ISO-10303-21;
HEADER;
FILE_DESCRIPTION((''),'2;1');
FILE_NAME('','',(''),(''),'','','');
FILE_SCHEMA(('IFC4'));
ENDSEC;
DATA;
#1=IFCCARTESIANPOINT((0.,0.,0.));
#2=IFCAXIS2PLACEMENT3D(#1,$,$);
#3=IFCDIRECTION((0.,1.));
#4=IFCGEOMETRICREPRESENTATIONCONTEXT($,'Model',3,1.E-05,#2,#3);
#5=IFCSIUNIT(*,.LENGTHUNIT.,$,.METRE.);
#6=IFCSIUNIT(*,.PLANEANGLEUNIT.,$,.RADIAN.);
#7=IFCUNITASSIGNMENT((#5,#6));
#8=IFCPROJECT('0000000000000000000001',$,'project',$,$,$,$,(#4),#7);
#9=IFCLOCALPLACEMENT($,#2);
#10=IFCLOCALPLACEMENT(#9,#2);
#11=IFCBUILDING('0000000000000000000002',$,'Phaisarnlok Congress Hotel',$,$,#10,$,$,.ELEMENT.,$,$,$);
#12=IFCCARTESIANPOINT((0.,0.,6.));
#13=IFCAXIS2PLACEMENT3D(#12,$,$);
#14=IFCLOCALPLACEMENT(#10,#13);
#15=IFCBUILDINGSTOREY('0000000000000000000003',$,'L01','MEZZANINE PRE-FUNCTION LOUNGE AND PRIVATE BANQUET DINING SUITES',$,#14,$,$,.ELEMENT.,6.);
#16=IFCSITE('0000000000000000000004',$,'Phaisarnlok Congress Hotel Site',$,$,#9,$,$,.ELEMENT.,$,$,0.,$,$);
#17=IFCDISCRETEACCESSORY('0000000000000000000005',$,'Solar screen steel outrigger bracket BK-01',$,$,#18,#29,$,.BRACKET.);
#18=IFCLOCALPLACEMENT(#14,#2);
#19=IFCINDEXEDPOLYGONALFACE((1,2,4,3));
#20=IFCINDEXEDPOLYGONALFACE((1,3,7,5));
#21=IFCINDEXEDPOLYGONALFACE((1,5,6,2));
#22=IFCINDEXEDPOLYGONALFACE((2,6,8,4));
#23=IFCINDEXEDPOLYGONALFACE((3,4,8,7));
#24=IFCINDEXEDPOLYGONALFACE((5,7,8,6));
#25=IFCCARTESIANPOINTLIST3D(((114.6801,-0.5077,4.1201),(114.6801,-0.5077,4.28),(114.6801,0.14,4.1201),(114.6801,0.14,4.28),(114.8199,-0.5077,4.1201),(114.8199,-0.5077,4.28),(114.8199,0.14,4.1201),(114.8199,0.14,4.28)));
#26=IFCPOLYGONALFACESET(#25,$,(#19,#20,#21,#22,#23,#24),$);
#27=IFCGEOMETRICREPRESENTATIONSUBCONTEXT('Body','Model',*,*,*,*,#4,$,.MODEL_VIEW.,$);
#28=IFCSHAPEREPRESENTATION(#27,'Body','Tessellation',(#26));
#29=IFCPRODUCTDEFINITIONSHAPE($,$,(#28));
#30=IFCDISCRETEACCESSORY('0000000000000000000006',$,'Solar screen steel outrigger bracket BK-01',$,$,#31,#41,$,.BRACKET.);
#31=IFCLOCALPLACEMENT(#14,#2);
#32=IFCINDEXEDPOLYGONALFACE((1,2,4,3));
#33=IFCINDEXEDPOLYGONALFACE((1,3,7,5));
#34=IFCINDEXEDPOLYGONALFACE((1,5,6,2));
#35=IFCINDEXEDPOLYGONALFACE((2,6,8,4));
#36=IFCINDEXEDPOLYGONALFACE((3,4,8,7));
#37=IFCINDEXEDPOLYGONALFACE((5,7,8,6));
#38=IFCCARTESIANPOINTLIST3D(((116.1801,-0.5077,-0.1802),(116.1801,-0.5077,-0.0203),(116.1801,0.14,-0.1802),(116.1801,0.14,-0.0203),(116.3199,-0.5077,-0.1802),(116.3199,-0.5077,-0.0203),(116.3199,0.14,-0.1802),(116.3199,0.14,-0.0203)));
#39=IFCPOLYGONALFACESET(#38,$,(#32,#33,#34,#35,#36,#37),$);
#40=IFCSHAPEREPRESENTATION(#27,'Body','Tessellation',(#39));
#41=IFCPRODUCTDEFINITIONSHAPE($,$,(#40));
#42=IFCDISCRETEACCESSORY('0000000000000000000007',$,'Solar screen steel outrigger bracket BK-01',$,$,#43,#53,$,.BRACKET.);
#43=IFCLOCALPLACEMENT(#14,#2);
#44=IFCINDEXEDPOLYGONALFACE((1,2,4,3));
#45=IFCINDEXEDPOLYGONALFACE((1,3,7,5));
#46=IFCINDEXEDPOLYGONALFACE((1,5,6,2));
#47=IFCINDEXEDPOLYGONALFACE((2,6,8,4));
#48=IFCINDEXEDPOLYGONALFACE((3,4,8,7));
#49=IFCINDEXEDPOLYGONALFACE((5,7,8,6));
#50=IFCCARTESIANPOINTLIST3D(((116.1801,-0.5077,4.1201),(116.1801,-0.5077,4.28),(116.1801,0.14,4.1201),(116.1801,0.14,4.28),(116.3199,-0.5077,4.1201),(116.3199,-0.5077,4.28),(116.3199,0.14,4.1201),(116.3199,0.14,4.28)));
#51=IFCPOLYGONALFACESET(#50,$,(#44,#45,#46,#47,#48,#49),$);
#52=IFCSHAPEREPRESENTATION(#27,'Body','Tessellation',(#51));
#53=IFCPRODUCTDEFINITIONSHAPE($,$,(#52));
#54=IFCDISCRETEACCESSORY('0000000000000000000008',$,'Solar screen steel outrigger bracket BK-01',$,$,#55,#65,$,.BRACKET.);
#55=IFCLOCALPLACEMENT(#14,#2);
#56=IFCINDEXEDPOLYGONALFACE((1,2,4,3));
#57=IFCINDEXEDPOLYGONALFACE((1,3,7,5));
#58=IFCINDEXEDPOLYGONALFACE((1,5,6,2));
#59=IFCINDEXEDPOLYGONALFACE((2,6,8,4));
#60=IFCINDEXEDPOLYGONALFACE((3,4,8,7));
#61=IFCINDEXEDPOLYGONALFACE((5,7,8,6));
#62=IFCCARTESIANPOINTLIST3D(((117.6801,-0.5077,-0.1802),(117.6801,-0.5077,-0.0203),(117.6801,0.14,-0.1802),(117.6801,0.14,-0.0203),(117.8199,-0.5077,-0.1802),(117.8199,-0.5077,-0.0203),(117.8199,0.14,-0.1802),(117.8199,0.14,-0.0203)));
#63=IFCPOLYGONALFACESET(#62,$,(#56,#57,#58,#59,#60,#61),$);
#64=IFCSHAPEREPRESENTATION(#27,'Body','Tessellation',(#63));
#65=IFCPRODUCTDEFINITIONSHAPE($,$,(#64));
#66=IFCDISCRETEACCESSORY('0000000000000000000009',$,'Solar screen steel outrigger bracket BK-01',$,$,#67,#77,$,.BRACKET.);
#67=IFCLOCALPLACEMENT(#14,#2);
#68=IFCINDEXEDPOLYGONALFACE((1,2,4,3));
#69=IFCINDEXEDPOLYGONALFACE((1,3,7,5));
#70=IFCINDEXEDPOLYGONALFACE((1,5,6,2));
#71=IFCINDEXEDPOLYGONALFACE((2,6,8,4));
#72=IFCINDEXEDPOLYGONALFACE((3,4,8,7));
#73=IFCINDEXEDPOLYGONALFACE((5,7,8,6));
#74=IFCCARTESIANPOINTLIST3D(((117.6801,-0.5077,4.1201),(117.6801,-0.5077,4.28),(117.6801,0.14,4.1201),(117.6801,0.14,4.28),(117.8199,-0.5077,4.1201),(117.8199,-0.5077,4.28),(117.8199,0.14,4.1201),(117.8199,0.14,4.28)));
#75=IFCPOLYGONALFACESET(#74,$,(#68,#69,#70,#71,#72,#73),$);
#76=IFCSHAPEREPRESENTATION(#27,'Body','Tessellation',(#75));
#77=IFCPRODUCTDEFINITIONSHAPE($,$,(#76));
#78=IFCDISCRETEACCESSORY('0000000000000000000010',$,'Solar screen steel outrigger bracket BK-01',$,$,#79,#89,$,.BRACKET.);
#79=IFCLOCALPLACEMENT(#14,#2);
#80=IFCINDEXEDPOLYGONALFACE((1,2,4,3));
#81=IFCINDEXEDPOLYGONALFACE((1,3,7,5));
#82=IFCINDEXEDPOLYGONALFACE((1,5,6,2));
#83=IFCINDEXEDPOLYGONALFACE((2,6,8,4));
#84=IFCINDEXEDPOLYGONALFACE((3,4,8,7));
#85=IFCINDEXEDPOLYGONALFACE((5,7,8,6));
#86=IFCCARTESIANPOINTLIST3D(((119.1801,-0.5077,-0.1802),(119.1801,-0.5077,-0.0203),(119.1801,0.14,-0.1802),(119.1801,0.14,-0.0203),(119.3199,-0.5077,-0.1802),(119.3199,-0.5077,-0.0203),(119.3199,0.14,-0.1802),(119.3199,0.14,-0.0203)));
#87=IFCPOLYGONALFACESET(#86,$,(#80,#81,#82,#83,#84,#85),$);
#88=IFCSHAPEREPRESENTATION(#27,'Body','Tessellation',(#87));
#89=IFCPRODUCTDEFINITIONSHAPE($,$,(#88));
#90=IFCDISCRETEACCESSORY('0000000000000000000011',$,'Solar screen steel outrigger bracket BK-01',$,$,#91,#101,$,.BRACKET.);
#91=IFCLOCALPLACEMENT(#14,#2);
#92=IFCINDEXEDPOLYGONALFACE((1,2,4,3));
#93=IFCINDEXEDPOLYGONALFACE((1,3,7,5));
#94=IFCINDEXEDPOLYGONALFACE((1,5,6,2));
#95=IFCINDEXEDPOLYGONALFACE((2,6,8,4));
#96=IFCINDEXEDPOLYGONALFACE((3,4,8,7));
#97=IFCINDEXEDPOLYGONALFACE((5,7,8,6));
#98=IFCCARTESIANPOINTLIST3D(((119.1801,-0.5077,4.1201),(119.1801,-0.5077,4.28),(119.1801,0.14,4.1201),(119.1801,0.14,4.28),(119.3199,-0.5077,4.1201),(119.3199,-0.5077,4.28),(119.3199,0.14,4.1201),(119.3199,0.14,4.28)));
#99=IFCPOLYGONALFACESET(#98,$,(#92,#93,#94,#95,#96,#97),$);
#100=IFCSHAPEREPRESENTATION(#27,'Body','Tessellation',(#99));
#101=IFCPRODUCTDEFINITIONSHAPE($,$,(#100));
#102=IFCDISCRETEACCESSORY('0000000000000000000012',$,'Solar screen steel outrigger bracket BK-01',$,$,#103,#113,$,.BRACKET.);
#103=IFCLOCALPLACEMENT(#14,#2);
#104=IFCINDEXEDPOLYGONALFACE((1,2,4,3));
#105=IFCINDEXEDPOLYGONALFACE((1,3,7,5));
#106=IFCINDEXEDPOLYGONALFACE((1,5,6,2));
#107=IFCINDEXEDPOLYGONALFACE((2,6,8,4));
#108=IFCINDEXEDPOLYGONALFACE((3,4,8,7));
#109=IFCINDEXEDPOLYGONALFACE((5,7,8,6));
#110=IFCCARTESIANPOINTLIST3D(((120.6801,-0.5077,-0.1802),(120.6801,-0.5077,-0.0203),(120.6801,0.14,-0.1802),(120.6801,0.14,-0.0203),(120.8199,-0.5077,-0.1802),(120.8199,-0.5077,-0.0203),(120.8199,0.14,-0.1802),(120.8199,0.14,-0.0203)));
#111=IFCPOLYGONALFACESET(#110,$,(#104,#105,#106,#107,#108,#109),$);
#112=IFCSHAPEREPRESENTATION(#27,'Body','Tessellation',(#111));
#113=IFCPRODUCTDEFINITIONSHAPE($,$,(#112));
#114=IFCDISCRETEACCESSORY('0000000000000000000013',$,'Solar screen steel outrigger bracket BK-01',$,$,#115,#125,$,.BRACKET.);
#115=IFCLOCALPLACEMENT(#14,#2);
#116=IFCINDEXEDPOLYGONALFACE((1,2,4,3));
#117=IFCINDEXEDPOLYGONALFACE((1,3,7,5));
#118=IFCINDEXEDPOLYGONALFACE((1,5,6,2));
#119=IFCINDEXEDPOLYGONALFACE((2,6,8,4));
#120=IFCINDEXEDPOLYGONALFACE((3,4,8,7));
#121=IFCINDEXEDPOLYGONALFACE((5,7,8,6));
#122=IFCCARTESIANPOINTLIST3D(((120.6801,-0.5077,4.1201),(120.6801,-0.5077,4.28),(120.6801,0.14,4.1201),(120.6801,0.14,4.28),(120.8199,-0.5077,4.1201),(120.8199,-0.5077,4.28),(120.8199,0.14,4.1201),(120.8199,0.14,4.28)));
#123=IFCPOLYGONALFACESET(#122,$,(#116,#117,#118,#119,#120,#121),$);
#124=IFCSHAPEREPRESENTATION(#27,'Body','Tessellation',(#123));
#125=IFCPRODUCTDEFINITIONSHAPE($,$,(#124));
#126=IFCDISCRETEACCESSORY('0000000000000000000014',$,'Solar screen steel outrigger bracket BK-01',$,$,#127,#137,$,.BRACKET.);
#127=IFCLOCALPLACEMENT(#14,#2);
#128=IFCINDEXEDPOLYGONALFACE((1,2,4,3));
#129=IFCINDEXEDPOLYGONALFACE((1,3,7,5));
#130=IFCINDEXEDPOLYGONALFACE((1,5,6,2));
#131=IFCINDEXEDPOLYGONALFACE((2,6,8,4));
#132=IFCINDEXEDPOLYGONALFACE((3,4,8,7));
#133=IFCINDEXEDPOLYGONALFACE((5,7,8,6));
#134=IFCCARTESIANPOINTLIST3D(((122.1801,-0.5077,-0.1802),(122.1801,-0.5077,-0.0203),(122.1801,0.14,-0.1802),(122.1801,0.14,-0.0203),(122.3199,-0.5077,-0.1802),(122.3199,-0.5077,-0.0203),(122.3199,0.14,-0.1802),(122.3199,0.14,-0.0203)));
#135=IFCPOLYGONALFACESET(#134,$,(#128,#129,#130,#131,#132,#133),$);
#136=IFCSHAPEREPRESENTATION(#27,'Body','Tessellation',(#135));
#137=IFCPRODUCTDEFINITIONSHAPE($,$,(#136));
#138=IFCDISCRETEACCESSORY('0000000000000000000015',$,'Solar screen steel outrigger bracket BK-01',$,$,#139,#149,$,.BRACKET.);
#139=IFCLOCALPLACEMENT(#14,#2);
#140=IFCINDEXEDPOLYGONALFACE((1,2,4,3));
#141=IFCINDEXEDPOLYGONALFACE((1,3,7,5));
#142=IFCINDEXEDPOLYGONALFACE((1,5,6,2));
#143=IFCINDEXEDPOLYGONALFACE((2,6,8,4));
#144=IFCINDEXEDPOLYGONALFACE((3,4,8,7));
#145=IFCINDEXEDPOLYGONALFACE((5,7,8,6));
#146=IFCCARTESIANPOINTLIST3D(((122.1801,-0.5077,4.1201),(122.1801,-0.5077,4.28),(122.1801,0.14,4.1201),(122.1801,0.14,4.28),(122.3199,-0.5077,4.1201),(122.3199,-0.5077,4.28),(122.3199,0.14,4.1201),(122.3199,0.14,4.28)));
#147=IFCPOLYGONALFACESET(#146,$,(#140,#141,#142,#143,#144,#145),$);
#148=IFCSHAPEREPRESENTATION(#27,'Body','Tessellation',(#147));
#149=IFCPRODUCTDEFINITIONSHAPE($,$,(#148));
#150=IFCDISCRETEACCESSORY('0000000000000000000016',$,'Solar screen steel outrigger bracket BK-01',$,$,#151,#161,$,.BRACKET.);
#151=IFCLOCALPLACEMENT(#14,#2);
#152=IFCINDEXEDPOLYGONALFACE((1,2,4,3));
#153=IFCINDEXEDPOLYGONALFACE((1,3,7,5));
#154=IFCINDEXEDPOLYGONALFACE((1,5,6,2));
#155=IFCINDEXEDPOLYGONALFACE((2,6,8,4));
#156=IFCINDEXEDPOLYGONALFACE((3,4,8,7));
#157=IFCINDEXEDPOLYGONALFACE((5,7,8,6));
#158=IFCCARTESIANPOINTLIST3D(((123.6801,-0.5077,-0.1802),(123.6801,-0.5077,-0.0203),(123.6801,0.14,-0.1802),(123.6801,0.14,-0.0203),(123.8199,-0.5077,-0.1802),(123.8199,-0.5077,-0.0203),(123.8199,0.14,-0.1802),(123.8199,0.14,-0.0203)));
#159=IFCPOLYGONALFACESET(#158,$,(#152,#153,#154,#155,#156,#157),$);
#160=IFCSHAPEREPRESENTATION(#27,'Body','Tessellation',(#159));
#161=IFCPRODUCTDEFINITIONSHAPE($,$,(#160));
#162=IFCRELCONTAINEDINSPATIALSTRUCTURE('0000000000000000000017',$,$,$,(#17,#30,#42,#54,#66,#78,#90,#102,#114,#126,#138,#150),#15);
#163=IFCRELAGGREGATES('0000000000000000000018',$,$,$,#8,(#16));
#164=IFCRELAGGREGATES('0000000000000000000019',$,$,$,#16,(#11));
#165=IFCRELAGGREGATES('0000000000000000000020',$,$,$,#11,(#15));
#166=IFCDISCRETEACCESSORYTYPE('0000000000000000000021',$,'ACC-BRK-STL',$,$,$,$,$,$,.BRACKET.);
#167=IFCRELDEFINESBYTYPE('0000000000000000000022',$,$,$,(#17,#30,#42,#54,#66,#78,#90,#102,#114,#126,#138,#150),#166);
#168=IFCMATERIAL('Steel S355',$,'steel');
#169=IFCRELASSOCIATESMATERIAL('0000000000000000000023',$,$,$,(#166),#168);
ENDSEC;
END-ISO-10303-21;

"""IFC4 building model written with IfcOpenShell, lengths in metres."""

from ifc_helpers import new_model, si_unit, direction, frame, origin, origin_2d, place, context, subcontext, project, spatial, rectangle, extrude, material, type_object, element, save


model = new_model("IFC4")

# Units and contexts
model_context = context("Model", 3, precision=1e-05, world=origin(), true_north=direction((0.0, 1.0)))
body_context = subcontext(model_context, "Body", "Model", "MODEL_VIEW")
ifc_project = project(units=[si_unit("LENGTHUNIT", "METRE"), si_unit("PLANEANGLEUNIT", "RADIAN")], contexts=[model_context])

# Site, building, storey
site_placement = place(None, origin())
site = spatial("IfcSite", under=ifc_project, at=site_placement, Name="Phaisarnlok Congress Hotel Site", CompositionType="ELEMENT", RefElevation=0.0)
building_placement = place(site_placement, origin())
building = spatial("IfcBuilding", under=site, at=building_placement, Name="Phaisarnlok Congress Hotel", CompositionType="ELEMENT")
storey_placement = place(building_placement, frame((0.0, 0.0, 6.0)))
storey = spatial("IfcBuildingStorey", under=building, at=storey_placement, Name="L01", Description="MEZZANINE PRE-FUNCTION LOUNGE AND PRIVATE BANQUET DINING SUITES", CompositionType="ELEMENT", Elevation=6.0)

# Discrete accessories
ifc_material_1 = material(Name="Steel S355", Category="steel")
discrete_accessory_type = type_object("IfcDiscreteAccessoryType", Name="ACC-BRK-STL", PredefinedType="BRACKET", material=ifc_material_1)
for number, where, z_axis, x_axis, name in (
    (1, (114.75, -0.1838, 4.1201), (0.0, 0.0, 1.0), (1.0, 0.0, 0.0), "Solar screen steel outrigger bracket BK-01"),
    (2, (116.25, -0.1838, -0.1802), (0.0, 0.0, 1.0), (1.0, 0.0, 0.0), "Solar screen steel outrigger bracket BK-01"),
    (3, (116.25, -0.1838, 4.1201), (0.0, 0.0, 1.0), (1.0, 0.0, 0.0), "Solar screen steel outrigger bracket BK-01"),
    (4, (117.75, -0.1838, -0.1802), (0.0, 0.0, 1.0), (1.0, 0.0, 0.0), "Solar screen steel outrigger bracket BK-01"),
    (5, (117.75, -0.1838, 4.1201), (0.0, 0.0, 1.0), (1.0, 0.0, 0.0), "Solar screen steel outrigger bracket BK-01"),
    (6, (119.25, -0.1838, -0.1802), (0.0, 0.0, 1.0), (1.0, 0.0, 0.0), "Solar screen steel outrigger bracket BK-01"),
    (7, (119.25, -0.1838, 4.1201), (0.0, 0.0, 1.0), (1.0, 0.0, 0.0), "Solar screen steel outrigger bracket BK-01"),
    (8, (120.75, -0.1838, -0.1802), (0.0, 0.0, 1.0), (1.0, 0.0, 0.0), "Solar screen steel outrigger bracket BK-01"),
    (9, (120.75, -0.1838, 4.1201), (0.0, 0.0, 1.0), (1.0, 0.0, 0.0), "Solar screen steel outrigger bracket BK-01"),
    (10, (122.25, -0.1838, -0.1802), (0.0, 0.0, 1.0), (1.0, 0.0, 0.0), "Solar screen steel outrigger bracket BK-01"),
    (11, (122.25, -0.1838, 4.1201), (0.0, 0.0, 1.0), (1.0, 0.0, 0.0), "Solar screen steel outrigger bracket BK-01"),
    (12, (123.75, -0.1838, -0.1802), (0.0, 0.0, 1.0), (1.0, 0.0, 0.0), "Solar screen steel outrigger bracket BK-01"),
):
    element("IfcDiscreteAccessory", number, at=place(storey_placement, frame(where, z_axis=z_axis, x_axis=x_axis)), inside=storey, type_object=discrete_accessory_type, Name=name, PredefinedType="BRACKET", context=body_context, shape_type="SweptSolid", body=[
        extrude(rectangle(XDim=0.1399, YDim=0.6477, at=origin_2d()), origin(), (0.0, 0.0, 1.0), 0.1599),
    ])

save(model, "model.ifc")
